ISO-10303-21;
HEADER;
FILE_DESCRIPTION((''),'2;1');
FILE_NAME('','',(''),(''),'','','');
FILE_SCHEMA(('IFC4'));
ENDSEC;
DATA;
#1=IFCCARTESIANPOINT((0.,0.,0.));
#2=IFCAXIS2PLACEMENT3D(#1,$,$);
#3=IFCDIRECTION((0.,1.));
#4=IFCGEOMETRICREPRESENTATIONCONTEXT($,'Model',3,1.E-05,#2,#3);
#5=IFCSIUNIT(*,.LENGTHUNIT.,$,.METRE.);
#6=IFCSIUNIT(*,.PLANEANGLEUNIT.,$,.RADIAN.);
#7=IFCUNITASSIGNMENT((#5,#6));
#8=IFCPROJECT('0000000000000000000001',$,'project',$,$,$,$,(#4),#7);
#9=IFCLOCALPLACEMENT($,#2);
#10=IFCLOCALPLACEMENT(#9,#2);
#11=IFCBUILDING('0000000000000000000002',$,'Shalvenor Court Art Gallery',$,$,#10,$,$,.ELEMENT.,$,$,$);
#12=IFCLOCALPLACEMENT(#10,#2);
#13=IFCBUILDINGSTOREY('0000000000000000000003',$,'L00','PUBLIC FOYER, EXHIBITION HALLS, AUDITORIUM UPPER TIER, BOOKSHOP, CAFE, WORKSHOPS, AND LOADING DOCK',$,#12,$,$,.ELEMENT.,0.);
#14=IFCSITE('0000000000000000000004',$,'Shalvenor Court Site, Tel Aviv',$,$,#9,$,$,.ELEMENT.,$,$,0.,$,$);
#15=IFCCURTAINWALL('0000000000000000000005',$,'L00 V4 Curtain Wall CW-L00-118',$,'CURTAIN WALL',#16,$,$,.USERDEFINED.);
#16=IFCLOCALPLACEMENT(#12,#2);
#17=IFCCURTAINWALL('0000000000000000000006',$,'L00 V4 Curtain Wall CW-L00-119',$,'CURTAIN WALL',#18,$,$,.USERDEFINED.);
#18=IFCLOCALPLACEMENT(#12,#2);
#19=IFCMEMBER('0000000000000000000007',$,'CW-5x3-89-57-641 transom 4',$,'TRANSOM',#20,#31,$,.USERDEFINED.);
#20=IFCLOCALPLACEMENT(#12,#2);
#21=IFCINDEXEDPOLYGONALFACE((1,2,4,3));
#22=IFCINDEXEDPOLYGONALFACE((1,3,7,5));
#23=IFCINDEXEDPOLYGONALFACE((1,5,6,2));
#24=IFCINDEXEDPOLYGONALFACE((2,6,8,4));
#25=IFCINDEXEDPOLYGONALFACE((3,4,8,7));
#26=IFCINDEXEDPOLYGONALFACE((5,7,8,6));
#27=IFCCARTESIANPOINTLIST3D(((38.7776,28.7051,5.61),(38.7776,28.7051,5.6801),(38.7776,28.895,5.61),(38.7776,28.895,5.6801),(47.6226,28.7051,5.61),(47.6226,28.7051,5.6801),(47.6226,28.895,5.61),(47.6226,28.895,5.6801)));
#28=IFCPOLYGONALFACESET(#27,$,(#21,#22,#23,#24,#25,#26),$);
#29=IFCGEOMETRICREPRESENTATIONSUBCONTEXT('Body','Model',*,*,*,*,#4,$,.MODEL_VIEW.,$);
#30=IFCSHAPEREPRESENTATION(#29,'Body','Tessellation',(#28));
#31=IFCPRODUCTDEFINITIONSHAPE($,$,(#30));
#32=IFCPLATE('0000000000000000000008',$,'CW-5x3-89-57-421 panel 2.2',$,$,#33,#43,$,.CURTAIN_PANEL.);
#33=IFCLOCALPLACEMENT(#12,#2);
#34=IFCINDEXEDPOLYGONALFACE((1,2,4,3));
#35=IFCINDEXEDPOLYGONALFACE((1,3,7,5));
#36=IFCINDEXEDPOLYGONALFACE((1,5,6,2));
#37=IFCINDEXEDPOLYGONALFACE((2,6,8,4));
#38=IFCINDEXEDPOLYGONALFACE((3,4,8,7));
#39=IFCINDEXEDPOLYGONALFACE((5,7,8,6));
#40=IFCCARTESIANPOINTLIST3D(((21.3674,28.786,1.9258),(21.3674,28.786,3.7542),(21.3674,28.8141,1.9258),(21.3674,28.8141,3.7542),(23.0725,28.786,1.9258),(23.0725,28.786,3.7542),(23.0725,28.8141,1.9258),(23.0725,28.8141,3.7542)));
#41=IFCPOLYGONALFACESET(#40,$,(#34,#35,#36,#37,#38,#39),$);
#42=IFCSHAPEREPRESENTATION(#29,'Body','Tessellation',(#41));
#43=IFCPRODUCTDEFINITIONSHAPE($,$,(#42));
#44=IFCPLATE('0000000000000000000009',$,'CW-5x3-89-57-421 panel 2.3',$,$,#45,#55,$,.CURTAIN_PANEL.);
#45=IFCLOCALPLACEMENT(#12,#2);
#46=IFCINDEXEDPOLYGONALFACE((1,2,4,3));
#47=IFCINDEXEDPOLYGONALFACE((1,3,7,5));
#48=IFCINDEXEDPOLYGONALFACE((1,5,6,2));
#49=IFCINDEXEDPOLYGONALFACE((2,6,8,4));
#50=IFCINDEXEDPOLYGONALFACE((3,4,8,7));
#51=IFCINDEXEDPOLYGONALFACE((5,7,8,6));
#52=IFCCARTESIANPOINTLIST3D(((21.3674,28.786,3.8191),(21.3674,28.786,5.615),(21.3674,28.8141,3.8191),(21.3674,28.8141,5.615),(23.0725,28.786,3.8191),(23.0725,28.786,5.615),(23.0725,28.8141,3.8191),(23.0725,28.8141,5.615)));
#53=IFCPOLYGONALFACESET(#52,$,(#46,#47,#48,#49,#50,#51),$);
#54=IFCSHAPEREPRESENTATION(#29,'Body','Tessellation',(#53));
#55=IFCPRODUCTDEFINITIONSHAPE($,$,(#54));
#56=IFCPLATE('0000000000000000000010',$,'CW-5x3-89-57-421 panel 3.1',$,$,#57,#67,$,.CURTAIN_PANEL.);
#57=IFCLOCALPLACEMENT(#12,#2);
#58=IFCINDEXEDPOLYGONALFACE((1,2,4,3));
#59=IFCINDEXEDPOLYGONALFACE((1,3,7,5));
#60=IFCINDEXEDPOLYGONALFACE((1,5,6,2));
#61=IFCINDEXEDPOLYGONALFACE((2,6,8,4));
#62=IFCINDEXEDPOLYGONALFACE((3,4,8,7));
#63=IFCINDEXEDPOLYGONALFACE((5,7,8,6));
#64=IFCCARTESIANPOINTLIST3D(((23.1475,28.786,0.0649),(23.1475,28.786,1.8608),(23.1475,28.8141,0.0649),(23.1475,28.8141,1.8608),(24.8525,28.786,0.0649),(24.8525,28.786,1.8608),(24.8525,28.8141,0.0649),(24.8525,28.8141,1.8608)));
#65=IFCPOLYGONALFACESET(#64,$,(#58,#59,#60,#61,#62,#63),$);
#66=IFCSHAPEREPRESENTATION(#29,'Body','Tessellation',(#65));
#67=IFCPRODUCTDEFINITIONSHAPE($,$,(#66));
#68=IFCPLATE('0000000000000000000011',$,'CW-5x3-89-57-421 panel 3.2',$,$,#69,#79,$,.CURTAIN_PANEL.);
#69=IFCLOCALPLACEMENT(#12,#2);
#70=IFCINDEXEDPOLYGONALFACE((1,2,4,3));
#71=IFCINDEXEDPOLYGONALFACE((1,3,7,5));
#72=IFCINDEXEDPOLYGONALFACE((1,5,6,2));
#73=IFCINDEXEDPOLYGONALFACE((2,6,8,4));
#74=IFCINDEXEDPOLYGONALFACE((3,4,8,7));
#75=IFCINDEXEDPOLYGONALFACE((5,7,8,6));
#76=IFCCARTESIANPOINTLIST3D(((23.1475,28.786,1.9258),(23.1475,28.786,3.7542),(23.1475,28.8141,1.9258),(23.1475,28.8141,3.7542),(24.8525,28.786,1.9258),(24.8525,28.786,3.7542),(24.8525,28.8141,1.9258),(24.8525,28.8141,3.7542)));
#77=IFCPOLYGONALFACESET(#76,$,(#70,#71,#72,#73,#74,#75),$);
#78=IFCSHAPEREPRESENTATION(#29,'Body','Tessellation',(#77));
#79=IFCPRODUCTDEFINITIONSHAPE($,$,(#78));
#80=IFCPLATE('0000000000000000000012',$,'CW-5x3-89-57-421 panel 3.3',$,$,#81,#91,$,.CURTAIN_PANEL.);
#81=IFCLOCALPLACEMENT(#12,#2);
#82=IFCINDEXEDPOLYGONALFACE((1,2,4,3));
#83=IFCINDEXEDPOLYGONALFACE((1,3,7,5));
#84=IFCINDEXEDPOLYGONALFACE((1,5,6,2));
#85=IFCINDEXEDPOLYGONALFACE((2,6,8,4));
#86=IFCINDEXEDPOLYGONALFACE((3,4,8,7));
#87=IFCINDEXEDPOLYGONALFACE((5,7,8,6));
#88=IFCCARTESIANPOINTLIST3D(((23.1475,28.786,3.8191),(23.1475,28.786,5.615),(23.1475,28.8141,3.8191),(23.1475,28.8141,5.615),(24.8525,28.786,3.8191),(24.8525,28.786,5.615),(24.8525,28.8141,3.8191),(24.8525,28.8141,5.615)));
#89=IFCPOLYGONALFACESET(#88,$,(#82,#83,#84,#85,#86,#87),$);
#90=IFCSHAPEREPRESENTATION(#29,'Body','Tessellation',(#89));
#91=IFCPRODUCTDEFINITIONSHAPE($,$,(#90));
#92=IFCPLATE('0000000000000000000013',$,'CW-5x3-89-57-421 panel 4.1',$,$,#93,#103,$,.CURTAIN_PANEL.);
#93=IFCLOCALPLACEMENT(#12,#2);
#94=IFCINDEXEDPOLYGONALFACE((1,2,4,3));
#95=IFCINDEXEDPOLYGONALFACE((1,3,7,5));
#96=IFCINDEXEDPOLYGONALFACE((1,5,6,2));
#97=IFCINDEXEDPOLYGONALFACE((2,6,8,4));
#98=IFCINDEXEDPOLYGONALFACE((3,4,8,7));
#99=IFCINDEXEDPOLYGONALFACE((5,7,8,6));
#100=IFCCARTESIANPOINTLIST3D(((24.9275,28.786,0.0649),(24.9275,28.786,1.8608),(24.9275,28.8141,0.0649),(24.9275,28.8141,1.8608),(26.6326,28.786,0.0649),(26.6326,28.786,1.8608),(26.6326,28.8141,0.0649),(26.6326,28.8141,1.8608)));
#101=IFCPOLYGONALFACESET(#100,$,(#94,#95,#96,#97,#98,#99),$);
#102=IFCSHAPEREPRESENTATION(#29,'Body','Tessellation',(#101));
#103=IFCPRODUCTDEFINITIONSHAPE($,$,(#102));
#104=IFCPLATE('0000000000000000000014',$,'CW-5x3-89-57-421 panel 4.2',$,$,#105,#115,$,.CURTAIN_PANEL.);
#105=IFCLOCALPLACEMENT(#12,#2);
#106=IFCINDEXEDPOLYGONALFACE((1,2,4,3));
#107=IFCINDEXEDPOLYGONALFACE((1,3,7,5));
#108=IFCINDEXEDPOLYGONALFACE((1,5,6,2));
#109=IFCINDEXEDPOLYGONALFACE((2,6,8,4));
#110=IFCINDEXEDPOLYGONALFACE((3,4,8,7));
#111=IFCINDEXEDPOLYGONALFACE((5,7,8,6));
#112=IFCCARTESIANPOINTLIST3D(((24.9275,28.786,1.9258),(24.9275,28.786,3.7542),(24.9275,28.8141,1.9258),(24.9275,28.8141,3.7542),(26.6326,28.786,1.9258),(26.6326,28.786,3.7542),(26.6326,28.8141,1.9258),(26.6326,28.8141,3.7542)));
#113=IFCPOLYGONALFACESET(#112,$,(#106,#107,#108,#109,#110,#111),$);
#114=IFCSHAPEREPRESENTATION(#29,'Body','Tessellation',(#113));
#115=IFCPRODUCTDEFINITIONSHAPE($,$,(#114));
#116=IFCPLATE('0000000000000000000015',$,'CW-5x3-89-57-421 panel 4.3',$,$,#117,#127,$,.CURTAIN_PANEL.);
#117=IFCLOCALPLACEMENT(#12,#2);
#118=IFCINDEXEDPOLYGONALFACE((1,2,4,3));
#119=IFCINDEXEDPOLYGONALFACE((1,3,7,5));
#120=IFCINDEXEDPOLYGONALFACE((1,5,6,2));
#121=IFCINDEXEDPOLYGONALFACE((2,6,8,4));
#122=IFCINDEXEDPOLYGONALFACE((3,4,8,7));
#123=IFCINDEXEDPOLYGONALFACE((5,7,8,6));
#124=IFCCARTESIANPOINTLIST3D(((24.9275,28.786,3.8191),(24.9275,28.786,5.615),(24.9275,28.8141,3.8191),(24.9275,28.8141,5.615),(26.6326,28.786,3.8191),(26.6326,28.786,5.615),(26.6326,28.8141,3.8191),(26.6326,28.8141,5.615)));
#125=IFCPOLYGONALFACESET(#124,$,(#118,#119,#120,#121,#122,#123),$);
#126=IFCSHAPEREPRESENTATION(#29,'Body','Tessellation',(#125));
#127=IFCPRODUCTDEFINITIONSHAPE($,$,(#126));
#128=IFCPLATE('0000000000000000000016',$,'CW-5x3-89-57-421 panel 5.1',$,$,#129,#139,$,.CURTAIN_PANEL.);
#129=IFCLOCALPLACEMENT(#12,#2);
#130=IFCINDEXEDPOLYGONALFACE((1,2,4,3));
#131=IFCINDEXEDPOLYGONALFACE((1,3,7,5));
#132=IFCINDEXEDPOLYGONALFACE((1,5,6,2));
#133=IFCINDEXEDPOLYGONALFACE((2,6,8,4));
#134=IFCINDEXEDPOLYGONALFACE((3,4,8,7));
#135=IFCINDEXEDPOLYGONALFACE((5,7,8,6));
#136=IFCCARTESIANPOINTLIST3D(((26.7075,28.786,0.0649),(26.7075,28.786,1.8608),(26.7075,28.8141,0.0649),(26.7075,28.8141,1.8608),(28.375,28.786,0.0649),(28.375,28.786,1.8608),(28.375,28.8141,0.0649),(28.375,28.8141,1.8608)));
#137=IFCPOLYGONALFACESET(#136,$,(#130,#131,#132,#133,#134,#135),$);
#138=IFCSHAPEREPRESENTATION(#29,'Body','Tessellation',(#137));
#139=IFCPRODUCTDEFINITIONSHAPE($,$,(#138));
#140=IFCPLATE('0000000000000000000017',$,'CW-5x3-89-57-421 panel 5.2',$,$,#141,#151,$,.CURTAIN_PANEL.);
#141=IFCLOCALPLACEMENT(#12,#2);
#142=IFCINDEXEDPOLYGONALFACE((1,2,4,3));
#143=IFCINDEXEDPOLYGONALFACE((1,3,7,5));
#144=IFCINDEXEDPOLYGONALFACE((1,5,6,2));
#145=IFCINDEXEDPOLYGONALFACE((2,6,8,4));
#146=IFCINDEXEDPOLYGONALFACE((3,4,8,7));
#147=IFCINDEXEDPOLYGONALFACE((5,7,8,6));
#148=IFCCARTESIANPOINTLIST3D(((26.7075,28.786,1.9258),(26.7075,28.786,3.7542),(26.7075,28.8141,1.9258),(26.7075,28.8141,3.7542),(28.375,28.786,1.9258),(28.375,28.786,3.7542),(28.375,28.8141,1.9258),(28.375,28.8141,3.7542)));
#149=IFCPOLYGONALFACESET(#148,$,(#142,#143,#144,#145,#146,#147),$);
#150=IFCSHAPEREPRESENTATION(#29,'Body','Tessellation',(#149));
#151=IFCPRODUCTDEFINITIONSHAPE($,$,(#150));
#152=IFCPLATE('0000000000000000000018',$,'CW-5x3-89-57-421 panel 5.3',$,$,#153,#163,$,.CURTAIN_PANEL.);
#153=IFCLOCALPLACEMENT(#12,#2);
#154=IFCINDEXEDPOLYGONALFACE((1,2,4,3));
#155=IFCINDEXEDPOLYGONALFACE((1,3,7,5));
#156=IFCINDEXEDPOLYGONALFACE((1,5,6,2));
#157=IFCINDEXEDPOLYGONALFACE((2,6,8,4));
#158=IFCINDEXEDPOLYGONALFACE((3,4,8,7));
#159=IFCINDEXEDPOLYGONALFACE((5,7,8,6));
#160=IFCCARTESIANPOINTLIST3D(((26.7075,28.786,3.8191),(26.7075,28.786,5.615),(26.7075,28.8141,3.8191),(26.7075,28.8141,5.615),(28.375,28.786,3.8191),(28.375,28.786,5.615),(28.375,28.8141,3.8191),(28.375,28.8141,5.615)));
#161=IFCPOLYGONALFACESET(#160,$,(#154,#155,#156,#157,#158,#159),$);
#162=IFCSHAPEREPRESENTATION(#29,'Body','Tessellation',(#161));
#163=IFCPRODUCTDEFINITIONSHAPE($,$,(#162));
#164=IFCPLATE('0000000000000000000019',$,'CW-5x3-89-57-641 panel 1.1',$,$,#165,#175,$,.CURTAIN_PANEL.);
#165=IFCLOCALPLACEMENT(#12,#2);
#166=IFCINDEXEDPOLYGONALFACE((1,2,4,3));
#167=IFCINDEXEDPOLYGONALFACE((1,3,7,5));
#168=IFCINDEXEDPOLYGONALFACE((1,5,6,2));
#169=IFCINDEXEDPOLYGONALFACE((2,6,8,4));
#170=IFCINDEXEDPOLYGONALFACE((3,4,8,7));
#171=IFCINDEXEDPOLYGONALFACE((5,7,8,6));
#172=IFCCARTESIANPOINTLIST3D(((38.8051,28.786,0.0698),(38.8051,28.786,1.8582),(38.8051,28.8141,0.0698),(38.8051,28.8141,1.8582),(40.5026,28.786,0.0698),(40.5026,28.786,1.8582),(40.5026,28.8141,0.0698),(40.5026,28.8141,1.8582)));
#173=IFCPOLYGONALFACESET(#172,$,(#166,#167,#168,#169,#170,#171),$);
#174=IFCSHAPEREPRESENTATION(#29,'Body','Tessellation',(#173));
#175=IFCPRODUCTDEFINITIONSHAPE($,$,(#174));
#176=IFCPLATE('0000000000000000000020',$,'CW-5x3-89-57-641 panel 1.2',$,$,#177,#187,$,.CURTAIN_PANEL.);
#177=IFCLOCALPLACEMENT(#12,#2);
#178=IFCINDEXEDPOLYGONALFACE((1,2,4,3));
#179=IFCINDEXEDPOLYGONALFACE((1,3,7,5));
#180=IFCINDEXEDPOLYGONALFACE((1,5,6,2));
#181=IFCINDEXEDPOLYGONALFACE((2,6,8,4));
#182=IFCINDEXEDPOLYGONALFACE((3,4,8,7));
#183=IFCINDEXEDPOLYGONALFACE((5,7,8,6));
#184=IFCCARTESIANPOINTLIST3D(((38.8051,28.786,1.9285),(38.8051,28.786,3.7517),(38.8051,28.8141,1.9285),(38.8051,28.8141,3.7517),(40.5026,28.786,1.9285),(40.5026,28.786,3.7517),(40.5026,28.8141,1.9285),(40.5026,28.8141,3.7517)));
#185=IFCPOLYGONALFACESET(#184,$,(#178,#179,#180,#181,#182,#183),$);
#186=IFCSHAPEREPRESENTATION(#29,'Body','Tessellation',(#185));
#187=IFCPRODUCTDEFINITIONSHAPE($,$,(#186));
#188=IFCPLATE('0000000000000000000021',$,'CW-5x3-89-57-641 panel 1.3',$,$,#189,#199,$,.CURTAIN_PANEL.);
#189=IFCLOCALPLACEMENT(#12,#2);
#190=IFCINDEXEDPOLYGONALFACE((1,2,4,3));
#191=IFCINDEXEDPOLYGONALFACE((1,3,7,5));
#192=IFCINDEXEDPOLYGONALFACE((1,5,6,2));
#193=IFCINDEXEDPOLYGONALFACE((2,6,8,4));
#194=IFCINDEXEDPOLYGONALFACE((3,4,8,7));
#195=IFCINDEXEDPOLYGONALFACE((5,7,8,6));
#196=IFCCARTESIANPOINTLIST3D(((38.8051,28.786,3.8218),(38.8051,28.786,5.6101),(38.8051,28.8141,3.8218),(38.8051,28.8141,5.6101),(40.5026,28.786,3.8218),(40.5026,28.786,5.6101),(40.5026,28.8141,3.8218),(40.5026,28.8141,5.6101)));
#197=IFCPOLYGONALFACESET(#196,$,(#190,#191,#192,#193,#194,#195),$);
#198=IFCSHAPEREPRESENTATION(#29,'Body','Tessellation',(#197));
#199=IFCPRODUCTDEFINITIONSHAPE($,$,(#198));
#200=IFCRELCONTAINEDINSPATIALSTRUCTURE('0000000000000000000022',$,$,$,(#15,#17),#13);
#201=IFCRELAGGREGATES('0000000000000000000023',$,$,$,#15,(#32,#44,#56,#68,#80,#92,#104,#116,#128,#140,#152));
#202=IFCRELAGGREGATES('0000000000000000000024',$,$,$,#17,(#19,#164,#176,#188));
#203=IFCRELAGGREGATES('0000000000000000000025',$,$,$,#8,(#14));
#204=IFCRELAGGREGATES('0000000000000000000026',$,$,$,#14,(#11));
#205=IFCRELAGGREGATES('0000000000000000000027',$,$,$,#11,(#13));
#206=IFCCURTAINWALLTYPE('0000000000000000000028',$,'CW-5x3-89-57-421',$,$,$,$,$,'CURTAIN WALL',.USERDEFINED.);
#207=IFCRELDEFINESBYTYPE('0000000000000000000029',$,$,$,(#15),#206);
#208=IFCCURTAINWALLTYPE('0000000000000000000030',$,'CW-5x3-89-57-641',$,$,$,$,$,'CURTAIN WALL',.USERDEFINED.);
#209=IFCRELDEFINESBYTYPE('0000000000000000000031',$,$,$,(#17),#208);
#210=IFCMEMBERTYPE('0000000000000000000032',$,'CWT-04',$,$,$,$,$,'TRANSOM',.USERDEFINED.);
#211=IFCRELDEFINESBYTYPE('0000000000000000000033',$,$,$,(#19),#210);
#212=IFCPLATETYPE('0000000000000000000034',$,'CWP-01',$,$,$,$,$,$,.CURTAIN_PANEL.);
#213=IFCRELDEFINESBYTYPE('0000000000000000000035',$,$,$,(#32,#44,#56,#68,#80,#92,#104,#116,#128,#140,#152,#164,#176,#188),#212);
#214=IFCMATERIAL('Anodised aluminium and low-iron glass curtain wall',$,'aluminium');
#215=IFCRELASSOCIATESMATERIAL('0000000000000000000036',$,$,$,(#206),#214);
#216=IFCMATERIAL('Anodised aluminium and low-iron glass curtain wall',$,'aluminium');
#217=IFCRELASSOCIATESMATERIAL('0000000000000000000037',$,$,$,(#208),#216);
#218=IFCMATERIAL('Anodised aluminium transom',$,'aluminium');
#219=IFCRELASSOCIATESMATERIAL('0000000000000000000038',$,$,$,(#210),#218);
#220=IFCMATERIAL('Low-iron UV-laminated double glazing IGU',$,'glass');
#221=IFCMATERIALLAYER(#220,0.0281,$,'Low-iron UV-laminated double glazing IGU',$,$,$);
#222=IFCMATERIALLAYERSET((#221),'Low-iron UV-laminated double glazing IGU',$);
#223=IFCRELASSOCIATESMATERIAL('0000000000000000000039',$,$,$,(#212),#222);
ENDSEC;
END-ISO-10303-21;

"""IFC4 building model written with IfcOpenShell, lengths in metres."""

from ifc_helpers import new_model, si_unit, direction, frame, origin, origin_2d, place, context, subcontext, project, spatial, rectangle, extrude, material, layer, layer_set, material_profile, profile_set, type_object, element, aggregate, save


model = new_model("IFC4")

# Units and contexts
model_context = context("Model", 3, precision=1e-05, world=origin(), true_north=direction((0.0, 1.0)))
body_context = subcontext(model_context, "Body", "Model", "MODEL_VIEW")
ifc_project = project(units=[si_unit("LENGTHUNIT", "METRE"), si_unit("PLANEANGLEUNIT", "RADIAN")], contexts=[model_context])

# Site, building, storey
site_placement = place(None, origin())
site = spatial("IfcSite", under=ifc_project, at=site_placement, Name="Shalvenor Court Site, Tel Aviv", CompositionType="ELEMENT", RefElevation=0.0)
building_placement = place(site_placement, origin())
building = spatial("IfcBuilding", under=site, at=building_placement, Name="Shalvenor Court Art Gallery", CompositionType="ELEMENT")
storey_placement = place(building_placement, origin())
storey = spatial("IfcBuildingStorey", under=building, at=storey_placement, Name="L00", Description="PUBLIC FOYER, EXHIBITION HALLS, AUDITORIUM UPPER TIER, BOOKSHOP, CAFE, WORKSHOPS, AND LOADING DOCK", CompositionType="ELEMENT", Elevation=0.0)

# Curtain walls, member
ifc_material_1 = material(Name="Anodised aluminium and low-iron glass curtain wall", Category="aluminium")
curtain_wall_type_1 = type_object("IfcCurtainWallType", Name="CW-5x3-89-57-421", ElementType="CURTAIN WALL", PredefinedType="USERDEFINED", material=ifc_material_1)
curtain_wall_1_placement = place(storey_placement, origin())
curtain_wall_1 = element("IfcCurtainWall", 1, at=curtain_wall_1_placement, inside=storey, type_object=curtain_wall_type_1, Name="L00 V4 Curtain Wall CW-L00-118", ObjectType="CURTAIN WALL", PredefinedType="USERDEFINED")
ifc_material_2 = material(Name="Anodised aluminium and low-iron glass curtain wall", Category="aluminium")
curtain_wall_type_2 = type_object("IfcCurtainWallType", Name="CW-5x3-89-57-641", ElementType="CURTAIN WALL", PredefinedType="USERDEFINED", material=ifc_material_2)
curtain_wall_2_placement = place(storey_placement, origin())
curtain_wall_2 = element("IfcCurtainWall", 2, at=curtain_wall_2_placement, inside=storey, type_object=curtain_wall_type_2, Name="L00 V4 Curtain Wall CW-L00-119", ObjectType="CURTAIN WALL", PredefinedType="USERDEFINED")
ifc_material_3 = material(Name="Anodised aluminium transom", Category="aluminium")
ifc_material_profile_1 = material_profile(ifc_material_3, rectangle(XDim=0.1899, YDim=0.0701, at=origin_2d()), Name="CWT-04")
ifc_profile_set_1 = profile_set([ifc_material_profile_1], Name="Anodised aluminium transom")
member_type_1 = type_object("IfcMemberType", Name="CWT-04", ElementType="TRANSOM", PredefinedType="USERDEFINED", material=ifc_profile_set_1)
member_1_placement = place(storey_placement, frame((38.7776, 28.8, 5.645), z_axis=(1.0, 0.0, 0.0), x_axis=(0.0, 1.0, 0.0)))
member_1 = element("IfcMember", 3, at=member_1_placement, type_object=member_type_1, Name="CW-5x3-89-57-641 transom 4", ObjectType="TRANSOM", PredefinedType="USERDEFINED", context=body_context, shape_type="SweptSolid", body=[
    extrude(rectangle(XDim=0.1899, YDim=0.0701, at=origin_2d()), origin(), (0.0, 0.0, 1.0), 8.845),
])

# Plates
ifc_material_4 = material(Name="Low-iron UV-laminated double glazing IGU", Category="glass")
ifc_layer_1 = layer(ifc_material_4, 0.0281, Name="Low-iron UV-laminated double glazing IGU")
ifc_layer_set_1 = layer_set([ifc_layer_1], Name="Low-iron UV-laminated double glazing IGU")
plate_type = type_object("IfcPlateType", Name="CWP-01", PredefinedType="CURTAIN_PANEL", material=ifc_layer_set_1)
plate_1_placement = place(storey_placement, frame((22.22, 28.8, 1.9258), z_axis=(0.0, 0.0, 1.0), x_axis=(1.0, 0.0, 0.0)))
plate_1 = element("IfcPlate", 4, at=plate_1_placement, type_object=plate_type, Name="CW-5x3-89-57-421 panel 2.2", PredefinedType="CURTAIN_PANEL", context=body_context, shape_type="SweptSolid", body=[
    extrude(rectangle(XDim=1.7051, YDim=0.0281, at=origin_2d()), origin(), (0.0, 0.0, 1.0), 1.8284),
])
plate_2_placement = place(storey_placement, frame((22.22, 28.8, 3.8191), z_axis=(0.0, 0.0, 1.0), x_axis=(1.0, 0.0, 0.0)))
plate_2 = element("IfcPlate", 5, at=plate_2_placement, type_object=plate_type, Name="CW-5x3-89-57-421 panel 2.3", PredefinedType="CURTAIN_PANEL", context=body_context, shape_type="SweptSolid", body=[
    extrude(rectangle(XDim=1.7051, YDim=0.0281, at=origin_2d()), origin(), (0.0, 0.0, 1.0), 1.7959),
])
plate_3_placement = place(storey_placement, frame((24.0, 28.8, 0.0649), z_axis=(0.0, 0.0, 1.0), x_axis=(1.0, 0.0, 0.0)))
plate_3 = element("IfcPlate", 6, at=plate_3_placement, type_object=plate_type, Name="CW-5x3-89-57-421 panel 3.1", PredefinedType="CURTAIN_PANEL", context=body_context, shape_type="SweptSolid", body=[
    extrude(rectangle(XDim=1.7051, YDim=0.0281, at=origin_2d()), origin(), (0.0, 0.0, 1.0), 1.7959),
])
plate_4_placement = place(storey_placement, frame((24.0, 28.8, 1.9258), z_axis=(0.0, 0.0, 1.0), x_axis=(1.0, 0.0, 0.0)))
plate_4 = element("IfcPlate", 7, at=plate_4_placement, type_object=plate_type, Name="CW-5x3-89-57-421 panel 3.2", PredefinedType="CURTAIN_PANEL", context=body_context, shape_type="SweptSolid", body=[
    extrude(rectangle(XDim=1.7051, YDim=0.0281, at=origin_2d()), origin(), (0.0, 0.0, 1.0), 1.8284),
])
plate_5_placement = place(storey_placement, frame((24.0, 28.8, 3.8191), z_axis=(0.0, 0.0, 1.0), x_axis=(1.0, 0.0, 0.0)))
plate_5 = element("IfcPlate", 8, at=plate_5_placement, type_object=plate_type, Name="CW-5x3-89-57-421 panel 3.3", PredefinedType="CURTAIN_PANEL", context=body_context, shape_type="SweptSolid", body=[
    extrude(rectangle(XDim=1.7051, YDim=0.0281, at=origin_2d()), origin(), (0.0, 0.0, 1.0), 1.7959),
])
plate_6_placement = place(storey_placement, frame((25.78, 28.8, 0.0649), z_axis=(0.0, 0.0, 1.0), x_axis=(1.0, 0.0, 0.0)))
plate_6 = element("IfcPlate", 9, at=plate_6_placement, type_object=plate_type, Name="CW-5x3-89-57-421 panel 4.1", PredefinedType="CURTAIN_PANEL", context=body_context, shape_type="SweptSolid", body=[
    extrude(rectangle(XDim=1.7051, YDim=0.0281, at=origin_2d()), origin(), (0.0, 0.0, 1.0), 1.7959),
])
plate_7_placement = place(storey_placement, frame((25.78, 28.8, 1.9258), z_axis=(0.0, 0.0, 1.0), x_axis=(1.0, 0.0, 0.0)))
plate_7 = element("IfcPlate", 10, at=plate_7_placement, type_object=plate_type, Name="CW-5x3-89-57-421 panel 4.2", PredefinedType="CURTAIN_PANEL", context=body_context, shape_type="SweptSolid", body=[
    extrude(rectangle(XDim=1.7051, YDim=0.0281, at=origin_2d()), origin(), (0.0, 0.0, 1.0), 1.8284),
])
plate_8_placement = place(storey_placement, frame((25.78, 28.8, 3.8191), z_axis=(0.0, 0.0, 1.0), x_axis=(1.0, 0.0, 0.0)))
plate_8 = element("IfcPlate", 11, at=plate_8_placement, type_object=plate_type, Name="CW-5x3-89-57-421 panel 4.3", PredefinedType="CURTAIN_PANEL", context=body_context, shape_type="SweptSolid", body=[
    extrude(rectangle(XDim=1.7051, YDim=0.0281, at=origin_2d()), origin(), (0.0, 0.0, 1.0), 1.7959),
])
plate_9_placement = place(storey_placement, frame((27.5413, 28.8, 0.0649), z_axis=(0.0, 0.0, 1.0), x_axis=(1.0, 0.0, 0.0)))
plate_9 = element("IfcPlate", 12, at=plate_9_placement, type_object=plate_type, Name="CW-5x3-89-57-421 panel 5.1", PredefinedType="CURTAIN_PANEL", context=body_context, shape_type="SweptSolid", body=[
    extrude(rectangle(XDim=1.6675, YDim=0.0281, at=origin_2d()), origin(), (0.0, 0.0, 1.0), 1.7959),
])
plate_10_placement = place(storey_placement, frame((27.5413, 28.8, 1.9258), z_axis=(0.0, 0.0, 1.0), x_axis=(1.0, 0.0, 0.0)))
plate_10 = element("IfcPlate", 13, at=plate_10_placement, type_object=plate_type, Name="CW-5x3-89-57-421 panel 5.2", PredefinedType="CURTAIN_PANEL", context=body_context, shape_type="SweptSolid", body=[
    extrude(rectangle(XDim=1.6675, YDim=0.0281, at=origin_2d()), origin(), (0.0, 0.0, 1.0), 1.8284),
])
plate_11_placement = place(storey_placement, frame((27.5413, 28.8, 3.8191), z_axis=(0.0, 0.0, 1.0), x_axis=(1.0, 0.0, 0.0)))
plate_11 = element("IfcPlate", 14, at=plate_11_placement, type_object=plate_type, Name="CW-5x3-89-57-421 panel 5.3", PredefinedType="CURTAIN_PANEL", context=body_context, shape_type="SweptSolid", body=[
    extrude(rectangle(XDim=1.6675, YDim=0.0281, at=origin_2d()), origin(), (0.0, 0.0, 1.0), 1.7959),
])
aggregate(curtain_wall_1, [plate_1, plate_2, plate_3, plate_4, plate_5, plate_6, plate_7, plate_8, plate_9, plate_10, plate_11])
plate_12_placement = place(storey_placement, frame((39.6538, 28.8, 0.0698), z_axis=(0.0, 0.0, 1.0), x_axis=(1.0, 0.0, 0.0)))
plate_12 = element("IfcPlate", 15, at=plate_12_placement, type_object=plate_type, Name="CW-5x3-89-57-641 panel 1.1", PredefinedType="CURTAIN_PANEL", context=body_context, shape_type="SweptSolid", body=[
    extrude(rectangle(XDim=1.6975, YDim=0.0281, at=origin_2d()), origin(), (0.0, 0.0, 1.0), 1.7883),
])
plate_13_placement = place(storey_placement, frame((39.6538, 28.8, 1.9285), z_axis=(0.0, 0.0, 1.0), x_axis=(1.0, 0.0, 0.0)))
plate_13 = element("IfcPlate", 16, at=plate_13_placement, type_object=plate_type, Name="CW-5x3-89-57-641 panel 1.2", PredefinedType="CURTAIN_PANEL", context=body_context, shape_type="SweptSolid", body=[
    extrude(rectangle(XDim=1.6975, YDim=0.0281, at=origin_2d()), origin(), (0.0, 0.0, 1.0), 1.8232),
])
plate_14_placement = place(storey_placement, frame((39.6538, 28.8, 3.8218), z_axis=(0.0, 0.0, 1.0), x_axis=(1.0, 0.0, 0.0)))
plate_14 = element("IfcPlate", 17, at=plate_14_placement, type_object=plate_type, Name="CW-5x3-89-57-641 panel 1.3", PredefinedType="CURTAIN_PANEL", context=body_context, shape_type="SweptSolid", body=[
    extrude(rectangle(XDim=1.6975, YDim=0.0281, at=origin_2d()), origin(), (0.0, 0.0, 1.0), 1.7883),
])
aggregate(curtain_wall_2, [member_1, plate_12, plate_13, plate_14])

save(model, "model.ifc")
